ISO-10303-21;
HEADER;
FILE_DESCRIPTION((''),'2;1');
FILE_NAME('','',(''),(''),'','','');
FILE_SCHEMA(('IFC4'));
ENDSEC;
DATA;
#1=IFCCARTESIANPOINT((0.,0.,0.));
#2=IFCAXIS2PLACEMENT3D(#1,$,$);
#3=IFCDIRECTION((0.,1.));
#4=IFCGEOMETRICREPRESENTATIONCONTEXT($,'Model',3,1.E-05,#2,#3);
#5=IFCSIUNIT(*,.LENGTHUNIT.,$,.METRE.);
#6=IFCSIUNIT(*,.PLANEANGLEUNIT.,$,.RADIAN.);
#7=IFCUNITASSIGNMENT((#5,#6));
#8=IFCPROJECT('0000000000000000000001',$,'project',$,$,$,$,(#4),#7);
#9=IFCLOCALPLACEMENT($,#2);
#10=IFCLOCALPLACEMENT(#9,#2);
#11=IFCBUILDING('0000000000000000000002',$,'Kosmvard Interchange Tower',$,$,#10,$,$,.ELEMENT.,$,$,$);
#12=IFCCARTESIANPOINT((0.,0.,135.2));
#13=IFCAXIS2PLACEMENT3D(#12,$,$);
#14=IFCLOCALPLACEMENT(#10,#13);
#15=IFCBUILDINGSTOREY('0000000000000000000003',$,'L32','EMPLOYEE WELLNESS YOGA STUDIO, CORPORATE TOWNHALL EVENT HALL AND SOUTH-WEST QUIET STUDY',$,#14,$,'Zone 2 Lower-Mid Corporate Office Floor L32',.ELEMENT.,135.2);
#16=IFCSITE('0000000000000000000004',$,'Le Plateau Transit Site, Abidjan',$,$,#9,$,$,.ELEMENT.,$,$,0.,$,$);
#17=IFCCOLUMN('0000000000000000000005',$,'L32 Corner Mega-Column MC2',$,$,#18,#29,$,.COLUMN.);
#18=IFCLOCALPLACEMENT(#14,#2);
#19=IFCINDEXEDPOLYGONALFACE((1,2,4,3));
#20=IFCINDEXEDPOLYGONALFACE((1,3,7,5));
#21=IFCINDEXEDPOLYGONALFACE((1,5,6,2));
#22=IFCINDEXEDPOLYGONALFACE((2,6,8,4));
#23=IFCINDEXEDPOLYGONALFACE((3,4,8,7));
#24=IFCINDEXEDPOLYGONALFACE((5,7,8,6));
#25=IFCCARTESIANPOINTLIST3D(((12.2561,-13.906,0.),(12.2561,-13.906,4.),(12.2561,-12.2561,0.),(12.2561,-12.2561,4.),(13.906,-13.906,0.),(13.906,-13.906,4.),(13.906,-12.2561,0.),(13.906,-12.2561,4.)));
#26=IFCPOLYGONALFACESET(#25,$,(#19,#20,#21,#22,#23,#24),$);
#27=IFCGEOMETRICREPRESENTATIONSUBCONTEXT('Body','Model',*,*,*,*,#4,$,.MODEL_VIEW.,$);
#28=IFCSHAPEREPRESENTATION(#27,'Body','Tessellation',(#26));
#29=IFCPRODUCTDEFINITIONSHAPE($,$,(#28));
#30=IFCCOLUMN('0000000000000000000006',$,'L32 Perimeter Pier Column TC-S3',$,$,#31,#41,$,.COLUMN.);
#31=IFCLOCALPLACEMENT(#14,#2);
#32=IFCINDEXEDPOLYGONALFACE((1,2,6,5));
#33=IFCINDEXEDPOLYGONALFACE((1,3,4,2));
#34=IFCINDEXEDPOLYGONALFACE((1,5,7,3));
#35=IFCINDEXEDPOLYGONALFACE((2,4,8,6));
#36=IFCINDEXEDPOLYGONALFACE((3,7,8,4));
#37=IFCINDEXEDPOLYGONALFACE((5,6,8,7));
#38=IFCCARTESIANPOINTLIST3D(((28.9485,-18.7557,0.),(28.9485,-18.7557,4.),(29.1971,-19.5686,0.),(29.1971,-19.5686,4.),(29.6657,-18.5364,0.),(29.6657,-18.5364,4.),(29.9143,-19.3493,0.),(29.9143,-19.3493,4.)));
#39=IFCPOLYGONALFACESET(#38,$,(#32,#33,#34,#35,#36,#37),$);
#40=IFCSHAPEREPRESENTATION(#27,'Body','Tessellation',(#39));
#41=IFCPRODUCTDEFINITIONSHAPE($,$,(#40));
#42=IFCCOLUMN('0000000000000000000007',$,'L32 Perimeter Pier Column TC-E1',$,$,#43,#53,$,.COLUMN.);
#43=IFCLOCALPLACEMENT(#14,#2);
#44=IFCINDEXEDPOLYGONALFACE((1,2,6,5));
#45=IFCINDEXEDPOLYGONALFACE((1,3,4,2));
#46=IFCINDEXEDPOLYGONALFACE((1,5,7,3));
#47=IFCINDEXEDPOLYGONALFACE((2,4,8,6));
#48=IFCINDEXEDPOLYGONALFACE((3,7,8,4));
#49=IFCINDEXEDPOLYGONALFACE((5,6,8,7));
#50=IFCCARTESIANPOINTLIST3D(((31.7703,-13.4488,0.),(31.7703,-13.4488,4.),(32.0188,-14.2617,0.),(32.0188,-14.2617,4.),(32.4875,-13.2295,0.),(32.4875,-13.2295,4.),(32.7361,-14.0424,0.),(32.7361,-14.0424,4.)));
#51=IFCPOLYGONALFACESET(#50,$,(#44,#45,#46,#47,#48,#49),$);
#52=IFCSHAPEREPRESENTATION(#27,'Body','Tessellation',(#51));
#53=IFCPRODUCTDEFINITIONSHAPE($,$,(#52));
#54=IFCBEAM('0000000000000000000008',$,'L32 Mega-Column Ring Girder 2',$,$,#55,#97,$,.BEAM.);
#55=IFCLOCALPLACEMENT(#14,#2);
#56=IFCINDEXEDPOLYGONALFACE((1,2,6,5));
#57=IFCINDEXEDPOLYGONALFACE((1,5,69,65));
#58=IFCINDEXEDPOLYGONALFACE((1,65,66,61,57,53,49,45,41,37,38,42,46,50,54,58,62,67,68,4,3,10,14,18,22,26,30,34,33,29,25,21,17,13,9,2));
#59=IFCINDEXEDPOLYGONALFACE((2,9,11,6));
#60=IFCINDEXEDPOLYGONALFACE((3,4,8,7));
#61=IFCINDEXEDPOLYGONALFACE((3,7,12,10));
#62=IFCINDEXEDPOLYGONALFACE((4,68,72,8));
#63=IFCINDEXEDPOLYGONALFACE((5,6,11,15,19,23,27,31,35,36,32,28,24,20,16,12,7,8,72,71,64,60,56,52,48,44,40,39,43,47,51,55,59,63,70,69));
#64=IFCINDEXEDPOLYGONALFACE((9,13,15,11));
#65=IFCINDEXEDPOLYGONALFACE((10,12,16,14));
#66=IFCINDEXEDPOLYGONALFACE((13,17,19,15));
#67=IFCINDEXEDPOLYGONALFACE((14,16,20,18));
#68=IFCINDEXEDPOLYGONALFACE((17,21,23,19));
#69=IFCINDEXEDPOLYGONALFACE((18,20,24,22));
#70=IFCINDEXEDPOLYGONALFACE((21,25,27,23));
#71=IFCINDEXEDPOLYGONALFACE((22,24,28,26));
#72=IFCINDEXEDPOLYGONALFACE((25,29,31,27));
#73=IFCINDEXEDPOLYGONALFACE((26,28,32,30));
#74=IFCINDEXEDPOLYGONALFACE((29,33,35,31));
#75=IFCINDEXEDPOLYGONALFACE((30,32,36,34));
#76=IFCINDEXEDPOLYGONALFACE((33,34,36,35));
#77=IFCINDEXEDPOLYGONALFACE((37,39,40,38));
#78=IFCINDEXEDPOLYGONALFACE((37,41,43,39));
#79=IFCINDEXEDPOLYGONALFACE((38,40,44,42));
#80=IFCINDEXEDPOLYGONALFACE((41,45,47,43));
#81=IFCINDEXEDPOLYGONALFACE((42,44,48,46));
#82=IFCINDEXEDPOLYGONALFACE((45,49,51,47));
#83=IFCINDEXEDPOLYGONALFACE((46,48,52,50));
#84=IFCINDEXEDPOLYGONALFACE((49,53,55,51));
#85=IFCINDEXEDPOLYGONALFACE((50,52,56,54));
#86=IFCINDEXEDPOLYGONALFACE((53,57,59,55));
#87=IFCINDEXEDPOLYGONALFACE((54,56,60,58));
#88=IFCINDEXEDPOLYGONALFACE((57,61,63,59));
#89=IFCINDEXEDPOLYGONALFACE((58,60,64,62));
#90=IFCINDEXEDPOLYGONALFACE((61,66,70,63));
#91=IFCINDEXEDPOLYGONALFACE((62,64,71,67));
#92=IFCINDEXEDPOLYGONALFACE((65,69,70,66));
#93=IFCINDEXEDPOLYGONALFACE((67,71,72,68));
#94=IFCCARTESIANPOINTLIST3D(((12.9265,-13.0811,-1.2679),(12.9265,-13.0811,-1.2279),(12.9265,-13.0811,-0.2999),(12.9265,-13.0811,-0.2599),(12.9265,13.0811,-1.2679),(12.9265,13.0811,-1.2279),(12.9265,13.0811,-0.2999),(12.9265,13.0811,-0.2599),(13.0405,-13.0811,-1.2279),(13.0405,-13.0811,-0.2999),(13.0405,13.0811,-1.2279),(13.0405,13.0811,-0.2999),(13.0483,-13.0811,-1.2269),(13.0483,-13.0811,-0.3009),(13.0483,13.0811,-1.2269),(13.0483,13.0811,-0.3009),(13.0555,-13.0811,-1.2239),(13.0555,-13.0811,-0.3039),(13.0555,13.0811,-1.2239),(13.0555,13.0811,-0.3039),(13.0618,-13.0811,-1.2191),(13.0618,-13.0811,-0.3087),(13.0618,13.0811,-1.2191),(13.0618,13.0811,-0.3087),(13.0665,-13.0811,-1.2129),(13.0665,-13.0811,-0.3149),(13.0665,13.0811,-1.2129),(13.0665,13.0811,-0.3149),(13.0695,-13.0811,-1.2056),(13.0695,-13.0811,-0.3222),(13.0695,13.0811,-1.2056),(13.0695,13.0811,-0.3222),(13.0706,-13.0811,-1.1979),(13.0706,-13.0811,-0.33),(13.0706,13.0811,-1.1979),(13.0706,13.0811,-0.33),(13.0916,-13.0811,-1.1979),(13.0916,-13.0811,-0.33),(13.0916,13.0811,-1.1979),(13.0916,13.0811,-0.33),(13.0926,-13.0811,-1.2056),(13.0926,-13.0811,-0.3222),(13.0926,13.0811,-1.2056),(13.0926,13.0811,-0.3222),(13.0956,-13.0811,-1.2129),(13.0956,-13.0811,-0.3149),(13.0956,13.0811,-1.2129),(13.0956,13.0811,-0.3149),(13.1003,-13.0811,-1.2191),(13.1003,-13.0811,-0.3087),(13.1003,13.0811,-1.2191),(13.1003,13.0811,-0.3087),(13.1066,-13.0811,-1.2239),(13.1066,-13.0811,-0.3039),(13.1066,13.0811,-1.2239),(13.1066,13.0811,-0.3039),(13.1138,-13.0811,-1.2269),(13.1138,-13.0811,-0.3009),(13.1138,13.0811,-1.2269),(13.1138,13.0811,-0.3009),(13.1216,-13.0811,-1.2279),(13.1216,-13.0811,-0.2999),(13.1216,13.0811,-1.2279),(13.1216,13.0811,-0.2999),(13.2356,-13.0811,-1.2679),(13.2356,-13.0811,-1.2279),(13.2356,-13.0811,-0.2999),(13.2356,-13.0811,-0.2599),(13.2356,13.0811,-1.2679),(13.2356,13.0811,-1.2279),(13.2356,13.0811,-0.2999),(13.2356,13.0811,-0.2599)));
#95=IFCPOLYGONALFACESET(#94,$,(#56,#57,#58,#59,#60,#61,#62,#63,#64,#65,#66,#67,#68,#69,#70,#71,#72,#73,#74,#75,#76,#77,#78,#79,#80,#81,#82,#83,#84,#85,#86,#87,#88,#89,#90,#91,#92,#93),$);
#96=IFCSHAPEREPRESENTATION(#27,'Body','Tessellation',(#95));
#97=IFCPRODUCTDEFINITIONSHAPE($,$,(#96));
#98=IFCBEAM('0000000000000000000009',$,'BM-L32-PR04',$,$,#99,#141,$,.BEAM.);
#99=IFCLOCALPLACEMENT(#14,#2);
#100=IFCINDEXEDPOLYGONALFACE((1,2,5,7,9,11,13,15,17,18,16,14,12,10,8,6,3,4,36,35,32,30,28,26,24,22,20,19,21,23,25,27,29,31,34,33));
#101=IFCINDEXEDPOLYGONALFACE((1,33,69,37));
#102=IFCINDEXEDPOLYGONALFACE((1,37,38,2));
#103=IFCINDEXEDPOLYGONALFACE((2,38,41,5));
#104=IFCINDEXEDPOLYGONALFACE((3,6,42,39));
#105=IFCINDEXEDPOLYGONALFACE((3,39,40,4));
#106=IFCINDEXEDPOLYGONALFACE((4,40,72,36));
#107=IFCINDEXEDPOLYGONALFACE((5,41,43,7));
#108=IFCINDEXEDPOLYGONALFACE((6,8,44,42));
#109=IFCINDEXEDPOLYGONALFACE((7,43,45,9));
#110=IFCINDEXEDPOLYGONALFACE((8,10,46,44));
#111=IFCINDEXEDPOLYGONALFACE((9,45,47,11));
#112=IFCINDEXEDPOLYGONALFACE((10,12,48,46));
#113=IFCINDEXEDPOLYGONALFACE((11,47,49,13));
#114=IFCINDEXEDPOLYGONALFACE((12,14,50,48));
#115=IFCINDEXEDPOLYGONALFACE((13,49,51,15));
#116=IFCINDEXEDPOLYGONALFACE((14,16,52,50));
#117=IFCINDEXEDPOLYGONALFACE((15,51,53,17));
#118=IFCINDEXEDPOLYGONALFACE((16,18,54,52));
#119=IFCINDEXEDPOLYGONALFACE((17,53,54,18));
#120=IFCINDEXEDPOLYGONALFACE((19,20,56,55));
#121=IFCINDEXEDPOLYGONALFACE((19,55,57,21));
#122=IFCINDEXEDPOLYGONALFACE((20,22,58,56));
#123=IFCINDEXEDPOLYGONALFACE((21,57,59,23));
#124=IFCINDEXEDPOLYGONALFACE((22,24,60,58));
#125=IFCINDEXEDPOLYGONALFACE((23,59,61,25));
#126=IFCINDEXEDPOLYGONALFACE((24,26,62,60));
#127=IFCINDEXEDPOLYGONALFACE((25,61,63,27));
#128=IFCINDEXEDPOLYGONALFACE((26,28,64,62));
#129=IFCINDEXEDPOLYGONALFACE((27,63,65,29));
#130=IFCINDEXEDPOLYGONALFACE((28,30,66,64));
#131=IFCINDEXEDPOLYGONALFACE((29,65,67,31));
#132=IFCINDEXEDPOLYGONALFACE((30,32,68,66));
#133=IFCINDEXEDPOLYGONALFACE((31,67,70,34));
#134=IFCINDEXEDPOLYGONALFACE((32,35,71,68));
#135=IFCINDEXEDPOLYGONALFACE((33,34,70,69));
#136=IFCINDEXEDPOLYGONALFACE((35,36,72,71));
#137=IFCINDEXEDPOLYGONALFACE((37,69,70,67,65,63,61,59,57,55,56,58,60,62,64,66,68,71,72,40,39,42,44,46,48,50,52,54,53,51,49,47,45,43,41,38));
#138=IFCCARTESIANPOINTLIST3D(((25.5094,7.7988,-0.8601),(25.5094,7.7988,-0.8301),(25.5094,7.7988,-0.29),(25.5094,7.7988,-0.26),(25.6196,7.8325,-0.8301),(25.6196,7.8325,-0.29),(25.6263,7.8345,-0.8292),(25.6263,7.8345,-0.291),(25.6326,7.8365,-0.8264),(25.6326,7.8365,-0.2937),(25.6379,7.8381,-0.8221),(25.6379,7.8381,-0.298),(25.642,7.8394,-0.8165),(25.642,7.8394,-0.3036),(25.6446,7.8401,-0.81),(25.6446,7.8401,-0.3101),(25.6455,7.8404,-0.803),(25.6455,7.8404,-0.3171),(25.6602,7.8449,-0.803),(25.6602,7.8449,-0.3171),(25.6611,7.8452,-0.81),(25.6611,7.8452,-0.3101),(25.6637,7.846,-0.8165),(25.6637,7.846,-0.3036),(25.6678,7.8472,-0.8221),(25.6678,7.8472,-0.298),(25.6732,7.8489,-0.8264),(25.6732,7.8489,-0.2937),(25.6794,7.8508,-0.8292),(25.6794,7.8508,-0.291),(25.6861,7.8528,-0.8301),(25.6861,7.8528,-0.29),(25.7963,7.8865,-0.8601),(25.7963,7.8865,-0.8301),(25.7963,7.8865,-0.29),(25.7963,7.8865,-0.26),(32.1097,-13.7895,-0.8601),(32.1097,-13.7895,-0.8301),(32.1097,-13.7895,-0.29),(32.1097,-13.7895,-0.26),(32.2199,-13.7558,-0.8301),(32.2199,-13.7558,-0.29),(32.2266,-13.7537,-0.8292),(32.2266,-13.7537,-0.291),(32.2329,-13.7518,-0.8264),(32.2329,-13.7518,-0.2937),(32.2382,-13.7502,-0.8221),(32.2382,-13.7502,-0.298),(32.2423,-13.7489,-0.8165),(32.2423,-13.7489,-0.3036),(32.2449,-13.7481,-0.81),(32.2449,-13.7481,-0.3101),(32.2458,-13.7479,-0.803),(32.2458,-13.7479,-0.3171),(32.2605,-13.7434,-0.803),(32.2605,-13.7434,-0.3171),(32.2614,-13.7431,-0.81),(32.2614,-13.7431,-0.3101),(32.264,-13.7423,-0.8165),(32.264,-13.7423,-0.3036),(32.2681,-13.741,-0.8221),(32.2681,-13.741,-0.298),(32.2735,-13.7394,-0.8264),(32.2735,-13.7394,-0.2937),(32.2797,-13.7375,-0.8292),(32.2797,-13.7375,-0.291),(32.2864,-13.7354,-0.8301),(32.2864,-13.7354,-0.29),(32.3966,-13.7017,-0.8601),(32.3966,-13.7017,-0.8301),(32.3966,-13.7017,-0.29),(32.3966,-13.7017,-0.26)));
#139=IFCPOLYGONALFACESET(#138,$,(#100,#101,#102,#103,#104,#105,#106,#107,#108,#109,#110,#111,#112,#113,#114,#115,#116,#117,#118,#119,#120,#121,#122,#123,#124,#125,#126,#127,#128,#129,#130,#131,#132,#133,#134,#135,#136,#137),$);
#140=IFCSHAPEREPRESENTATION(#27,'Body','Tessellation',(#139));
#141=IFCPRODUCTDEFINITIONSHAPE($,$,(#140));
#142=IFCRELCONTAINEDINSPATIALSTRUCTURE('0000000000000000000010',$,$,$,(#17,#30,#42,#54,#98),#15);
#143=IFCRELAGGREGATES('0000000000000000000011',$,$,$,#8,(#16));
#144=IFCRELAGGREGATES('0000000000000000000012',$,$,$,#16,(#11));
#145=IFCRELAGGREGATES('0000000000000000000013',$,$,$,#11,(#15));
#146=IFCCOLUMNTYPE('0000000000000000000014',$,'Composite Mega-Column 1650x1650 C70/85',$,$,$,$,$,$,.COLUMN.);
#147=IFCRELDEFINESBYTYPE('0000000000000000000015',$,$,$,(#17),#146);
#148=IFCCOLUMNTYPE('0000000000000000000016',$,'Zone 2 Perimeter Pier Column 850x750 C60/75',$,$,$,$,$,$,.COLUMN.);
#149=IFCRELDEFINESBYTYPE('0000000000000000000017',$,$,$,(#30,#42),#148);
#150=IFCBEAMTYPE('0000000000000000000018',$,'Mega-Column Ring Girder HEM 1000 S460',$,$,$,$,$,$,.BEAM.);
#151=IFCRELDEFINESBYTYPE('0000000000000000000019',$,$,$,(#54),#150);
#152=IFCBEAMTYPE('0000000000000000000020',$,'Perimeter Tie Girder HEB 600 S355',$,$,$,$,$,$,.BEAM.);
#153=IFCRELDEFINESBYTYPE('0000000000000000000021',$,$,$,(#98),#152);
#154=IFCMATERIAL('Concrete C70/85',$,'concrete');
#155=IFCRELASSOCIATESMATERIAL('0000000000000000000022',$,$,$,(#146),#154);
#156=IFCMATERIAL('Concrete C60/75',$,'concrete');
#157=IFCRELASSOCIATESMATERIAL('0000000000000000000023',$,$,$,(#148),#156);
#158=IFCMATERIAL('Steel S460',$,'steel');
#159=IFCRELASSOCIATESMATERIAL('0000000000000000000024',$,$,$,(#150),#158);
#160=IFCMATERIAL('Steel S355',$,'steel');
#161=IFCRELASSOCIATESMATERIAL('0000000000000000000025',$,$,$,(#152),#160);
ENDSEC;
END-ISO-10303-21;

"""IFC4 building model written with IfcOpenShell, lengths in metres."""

from ifc_helpers import new_model, si_unit, direction, frame, origin, origin_2d, place, context, subcontext, project, spatial, rectangle, i_section, extrude, source, transform, mapped, material, material_profile, profile_set, type_object, element, save


model = new_model("IFC4")

# Units and contexts
model_context = context("Model", 3, precision=1e-05, world=origin(), true_north=direction((0.0, 1.0)))
body_context = subcontext(model_context, "Body", "Model", "MODEL_VIEW")
ifc_project = project(units=[si_unit("LENGTHUNIT", "METRE"), si_unit("PLANEANGLEUNIT", "RADIAN")], contexts=[model_context])

# Site, building, storey
site_placement = place(None, origin())
site = spatial("IfcSite", under=ifc_project, at=site_placement, Name="Le Plateau Transit Site, Abidjan", CompositionType="ELEMENT", RefElevation=0.0)
building_placement = place(site_placement, origin())
building = spatial("IfcBuilding", under=site, at=building_placement, Name="Kosmvard Interchange Tower", CompositionType="ELEMENT")
storey_placement = place(building_placement, frame((0.0, 0.0, 135.2)))
storey = spatial("IfcBuildingStorey", under=building, at=storey_placement, Name="L32", Description="EMPLOYEE WELLNESS YOGA STUDIO, CORPORATE TOWNHALL EVENT HALL AND SOUTH-WEST QUIET STUDY", LongName="Zone 2 Lower-Mid Corporate Office Floor L32", CompositionType="ELEMENT", Elevation=135.2)

# Columns
ifc_material_1 = material(Name="Concrete C70/85", Category="concrete")
ifc_material_profile_1 = material_profile(ifc_material_1, rectangle(XDim=1.6499, YDim=1.6499, at=origin_2d()), Name="MC 1650x1650")
ifc_profile_set_1 = profile_set([ifc_material_profile_1], Name="Concrete C70/85")
column_type_1 = type_object("IfcColumnType", Name="Composite Mega-Column 1650x1650 C70/85", PredefinedType="COLUMN", material=ifc_profile_set_1)
shared_shape_1 = source(origin(), body_context, "Body", "SweptSolid", [
    extrude(rectangle(XDim=1.6499, YDim=1.6499, at=origin_2d()), origin(), (0.0, 0.0, 1.0), 4.0),
])
column_placement = place(storey_placement, frame((13.0811, -13.0811, 0.0), z_axis=(0.0, 0.0, 1.0), x_axis=(1.0, 0.0, 0.0)))
element("IfcColumn", 1, at=column_placement, inside=storey, type_object=column_type_1, Name="L32 Corner Mega-Column MC2", PredefinedType="COLUMN", context=body_context, shape_type="MappedRepresentation", body=[
    mapped(shared_shape_1, transform((0.0, 0.0, 0.0), scale=1.0)),
])
ifc_material_2 = material(Name="Concrete C60/75", Category="concrete")
ifc_material_profile_2 = material_profile(ifc_material_2, rectangle(XDim=0.75, YDim=0.8501, at=origin_2d()), Name="TC 850x750")
ifc_profile_set_2 = profile_set([ifc_material_profile_2], Name="Concrete C60/75")
column_type_2 = type_object("IfcColumnType", Name="Zone 2 Perimeter Pier Column 850x750 C60/75", PredefinedType="COLUMN", material=ifc_profile_set_2)
shared_shape_2 = source(origin(), body_context, "Body", "SweptSolid", [
    extrude(rectangle(XDim=0.75, YDim=0.8501, at=origin_2d()), origin(), (0.0, 0.0, 1.0), 4.0),
])
for number, where, z_axis, x_axis, name in (
    (2, (29.4314, -19.0525, 0.0), (0.0, 0.0, 1.0), (0.956305, 0.292372, 0.0), "L32 Perimeter Pier Column TC-S3"),
    (3, (32.2532, -13.7456, 0.0), (0.0, 0.0, 1.0), (0.956305, 0.292372, 0.0), "L32 Perimeter Pier Column TC-E1"),
):
    element("IfcColumn", number, at=place(storey_placement, frame(where, z_axis=z_axis, x_axis=x_axis)), inside=storey, type_object=column_type_2, Name=name, PredefinedType="COLUMN", context=body_context, shape_type="MappedRepresentation", body=[
        mapped(shared_shape_2, transform((0.0, 0.0, 0.0), scale=1.0)),
    ])

# Beams
ifc_material_3 = material(Name="Steel S460", Category="steel")
ifc_material_profile_3 = material_profile(ifc_material_3, i_section(OverallWidth=0.3091, OverallDepth=1.0081, WebThickness=0.021, FlangeThickness=0.04, FilletRadius=0.03, at=origin_2d()), Name="HEM 1000")
ifc_profile_set_3 = profile_set([ifc_material_profile_3], Name="Steel S460")
beam_type_1 = type_object("IfcBeamType", Name="Mega-Column Ring Girder HEM 1000 S460", PredefinedType="BEAM", material=ifc_profile_set_3)
shared_shape_3 = source(origin(), body_context, "Body", "SweptSolid", [
    extrude(i_section(OverallWidth=0.3091, OverallDepth=1.0081, WebThickness=0.021, FlangeThickness=0.04, FilletRadius=0.03, at=origin_2d()), origin(), (0.0, 0.0, 1.0), 26.1621),
])
beam_1_placement = place(storey_placement, frame((13.0811, -13.0811, -0.7639), z_axis=(0.0, 1.0, 0.0), x_axis=(-1.0, 0.0, 0.0)))
element("IfcBeam", 4, at=beam_1_placement, inside=storey, type_object=beam_type_1, Name="L32 Mega-Column Ring Girder 2", PredefinedType="BEAM", context=body_context, shape_type="MappedRepresentation", body=[
    mapped(shared_shape_3, transform((0.0, 0.0, 0.0), scale=1.0)),
])
ifc_material_4 = material(Name="Steel S355", Category="steel")
ifc_material_profile_4 = material_profile(ifc_material_4, i_section(OverallWidth=0.3, OverallDepth=0.6001, WebThickness=0.0154, FlangeThickness=0.03, FilletRadius=0.0271, at=origin_2d()), Name="HEB 600")
ifc_profile_set_4 = profile_set([ifc_material_profile_4], Name="Steel S355")
beam_type_2 = type_object("IfcBeamType", Name="Perimeter Tie Girder HEB 600 S355", PredefinedType="BEAM", material=ifc_profile_set_4)
shared_shape_4 = source(origin(), body_context, "Body", "SweptSolid", [
    extrude(i_section(OverallWidth=0.3, OverallDepth=0.6001, WebThickness=0.0154, FlangeThickness=0.03, FilletRadius=0.0271, at=origin_2d()), origin(), (0.0, 0.0, 1.0), 22.5747),
])
beam_2_placement = place(storey_placement, frame((32.2532, -13.7456, -0.5601), z_axis=(-0.292376, 0.956303, 0.0), x_axis=(-0.956303, -0.292376, 0.0)))
element("IfcBeam", 5, at=beam_2_placement, inside=storey, type_object=beam_type_2, Name="BM-L32-PR04", PredefinedType="BEAM", context=body_context, shape_type="MappedRepresentation", body=[
    mapped(shared_shape_4, transform((0.0, 0.0, 0.0), scale=1.0)),
])

save(model, "model.ifc")
